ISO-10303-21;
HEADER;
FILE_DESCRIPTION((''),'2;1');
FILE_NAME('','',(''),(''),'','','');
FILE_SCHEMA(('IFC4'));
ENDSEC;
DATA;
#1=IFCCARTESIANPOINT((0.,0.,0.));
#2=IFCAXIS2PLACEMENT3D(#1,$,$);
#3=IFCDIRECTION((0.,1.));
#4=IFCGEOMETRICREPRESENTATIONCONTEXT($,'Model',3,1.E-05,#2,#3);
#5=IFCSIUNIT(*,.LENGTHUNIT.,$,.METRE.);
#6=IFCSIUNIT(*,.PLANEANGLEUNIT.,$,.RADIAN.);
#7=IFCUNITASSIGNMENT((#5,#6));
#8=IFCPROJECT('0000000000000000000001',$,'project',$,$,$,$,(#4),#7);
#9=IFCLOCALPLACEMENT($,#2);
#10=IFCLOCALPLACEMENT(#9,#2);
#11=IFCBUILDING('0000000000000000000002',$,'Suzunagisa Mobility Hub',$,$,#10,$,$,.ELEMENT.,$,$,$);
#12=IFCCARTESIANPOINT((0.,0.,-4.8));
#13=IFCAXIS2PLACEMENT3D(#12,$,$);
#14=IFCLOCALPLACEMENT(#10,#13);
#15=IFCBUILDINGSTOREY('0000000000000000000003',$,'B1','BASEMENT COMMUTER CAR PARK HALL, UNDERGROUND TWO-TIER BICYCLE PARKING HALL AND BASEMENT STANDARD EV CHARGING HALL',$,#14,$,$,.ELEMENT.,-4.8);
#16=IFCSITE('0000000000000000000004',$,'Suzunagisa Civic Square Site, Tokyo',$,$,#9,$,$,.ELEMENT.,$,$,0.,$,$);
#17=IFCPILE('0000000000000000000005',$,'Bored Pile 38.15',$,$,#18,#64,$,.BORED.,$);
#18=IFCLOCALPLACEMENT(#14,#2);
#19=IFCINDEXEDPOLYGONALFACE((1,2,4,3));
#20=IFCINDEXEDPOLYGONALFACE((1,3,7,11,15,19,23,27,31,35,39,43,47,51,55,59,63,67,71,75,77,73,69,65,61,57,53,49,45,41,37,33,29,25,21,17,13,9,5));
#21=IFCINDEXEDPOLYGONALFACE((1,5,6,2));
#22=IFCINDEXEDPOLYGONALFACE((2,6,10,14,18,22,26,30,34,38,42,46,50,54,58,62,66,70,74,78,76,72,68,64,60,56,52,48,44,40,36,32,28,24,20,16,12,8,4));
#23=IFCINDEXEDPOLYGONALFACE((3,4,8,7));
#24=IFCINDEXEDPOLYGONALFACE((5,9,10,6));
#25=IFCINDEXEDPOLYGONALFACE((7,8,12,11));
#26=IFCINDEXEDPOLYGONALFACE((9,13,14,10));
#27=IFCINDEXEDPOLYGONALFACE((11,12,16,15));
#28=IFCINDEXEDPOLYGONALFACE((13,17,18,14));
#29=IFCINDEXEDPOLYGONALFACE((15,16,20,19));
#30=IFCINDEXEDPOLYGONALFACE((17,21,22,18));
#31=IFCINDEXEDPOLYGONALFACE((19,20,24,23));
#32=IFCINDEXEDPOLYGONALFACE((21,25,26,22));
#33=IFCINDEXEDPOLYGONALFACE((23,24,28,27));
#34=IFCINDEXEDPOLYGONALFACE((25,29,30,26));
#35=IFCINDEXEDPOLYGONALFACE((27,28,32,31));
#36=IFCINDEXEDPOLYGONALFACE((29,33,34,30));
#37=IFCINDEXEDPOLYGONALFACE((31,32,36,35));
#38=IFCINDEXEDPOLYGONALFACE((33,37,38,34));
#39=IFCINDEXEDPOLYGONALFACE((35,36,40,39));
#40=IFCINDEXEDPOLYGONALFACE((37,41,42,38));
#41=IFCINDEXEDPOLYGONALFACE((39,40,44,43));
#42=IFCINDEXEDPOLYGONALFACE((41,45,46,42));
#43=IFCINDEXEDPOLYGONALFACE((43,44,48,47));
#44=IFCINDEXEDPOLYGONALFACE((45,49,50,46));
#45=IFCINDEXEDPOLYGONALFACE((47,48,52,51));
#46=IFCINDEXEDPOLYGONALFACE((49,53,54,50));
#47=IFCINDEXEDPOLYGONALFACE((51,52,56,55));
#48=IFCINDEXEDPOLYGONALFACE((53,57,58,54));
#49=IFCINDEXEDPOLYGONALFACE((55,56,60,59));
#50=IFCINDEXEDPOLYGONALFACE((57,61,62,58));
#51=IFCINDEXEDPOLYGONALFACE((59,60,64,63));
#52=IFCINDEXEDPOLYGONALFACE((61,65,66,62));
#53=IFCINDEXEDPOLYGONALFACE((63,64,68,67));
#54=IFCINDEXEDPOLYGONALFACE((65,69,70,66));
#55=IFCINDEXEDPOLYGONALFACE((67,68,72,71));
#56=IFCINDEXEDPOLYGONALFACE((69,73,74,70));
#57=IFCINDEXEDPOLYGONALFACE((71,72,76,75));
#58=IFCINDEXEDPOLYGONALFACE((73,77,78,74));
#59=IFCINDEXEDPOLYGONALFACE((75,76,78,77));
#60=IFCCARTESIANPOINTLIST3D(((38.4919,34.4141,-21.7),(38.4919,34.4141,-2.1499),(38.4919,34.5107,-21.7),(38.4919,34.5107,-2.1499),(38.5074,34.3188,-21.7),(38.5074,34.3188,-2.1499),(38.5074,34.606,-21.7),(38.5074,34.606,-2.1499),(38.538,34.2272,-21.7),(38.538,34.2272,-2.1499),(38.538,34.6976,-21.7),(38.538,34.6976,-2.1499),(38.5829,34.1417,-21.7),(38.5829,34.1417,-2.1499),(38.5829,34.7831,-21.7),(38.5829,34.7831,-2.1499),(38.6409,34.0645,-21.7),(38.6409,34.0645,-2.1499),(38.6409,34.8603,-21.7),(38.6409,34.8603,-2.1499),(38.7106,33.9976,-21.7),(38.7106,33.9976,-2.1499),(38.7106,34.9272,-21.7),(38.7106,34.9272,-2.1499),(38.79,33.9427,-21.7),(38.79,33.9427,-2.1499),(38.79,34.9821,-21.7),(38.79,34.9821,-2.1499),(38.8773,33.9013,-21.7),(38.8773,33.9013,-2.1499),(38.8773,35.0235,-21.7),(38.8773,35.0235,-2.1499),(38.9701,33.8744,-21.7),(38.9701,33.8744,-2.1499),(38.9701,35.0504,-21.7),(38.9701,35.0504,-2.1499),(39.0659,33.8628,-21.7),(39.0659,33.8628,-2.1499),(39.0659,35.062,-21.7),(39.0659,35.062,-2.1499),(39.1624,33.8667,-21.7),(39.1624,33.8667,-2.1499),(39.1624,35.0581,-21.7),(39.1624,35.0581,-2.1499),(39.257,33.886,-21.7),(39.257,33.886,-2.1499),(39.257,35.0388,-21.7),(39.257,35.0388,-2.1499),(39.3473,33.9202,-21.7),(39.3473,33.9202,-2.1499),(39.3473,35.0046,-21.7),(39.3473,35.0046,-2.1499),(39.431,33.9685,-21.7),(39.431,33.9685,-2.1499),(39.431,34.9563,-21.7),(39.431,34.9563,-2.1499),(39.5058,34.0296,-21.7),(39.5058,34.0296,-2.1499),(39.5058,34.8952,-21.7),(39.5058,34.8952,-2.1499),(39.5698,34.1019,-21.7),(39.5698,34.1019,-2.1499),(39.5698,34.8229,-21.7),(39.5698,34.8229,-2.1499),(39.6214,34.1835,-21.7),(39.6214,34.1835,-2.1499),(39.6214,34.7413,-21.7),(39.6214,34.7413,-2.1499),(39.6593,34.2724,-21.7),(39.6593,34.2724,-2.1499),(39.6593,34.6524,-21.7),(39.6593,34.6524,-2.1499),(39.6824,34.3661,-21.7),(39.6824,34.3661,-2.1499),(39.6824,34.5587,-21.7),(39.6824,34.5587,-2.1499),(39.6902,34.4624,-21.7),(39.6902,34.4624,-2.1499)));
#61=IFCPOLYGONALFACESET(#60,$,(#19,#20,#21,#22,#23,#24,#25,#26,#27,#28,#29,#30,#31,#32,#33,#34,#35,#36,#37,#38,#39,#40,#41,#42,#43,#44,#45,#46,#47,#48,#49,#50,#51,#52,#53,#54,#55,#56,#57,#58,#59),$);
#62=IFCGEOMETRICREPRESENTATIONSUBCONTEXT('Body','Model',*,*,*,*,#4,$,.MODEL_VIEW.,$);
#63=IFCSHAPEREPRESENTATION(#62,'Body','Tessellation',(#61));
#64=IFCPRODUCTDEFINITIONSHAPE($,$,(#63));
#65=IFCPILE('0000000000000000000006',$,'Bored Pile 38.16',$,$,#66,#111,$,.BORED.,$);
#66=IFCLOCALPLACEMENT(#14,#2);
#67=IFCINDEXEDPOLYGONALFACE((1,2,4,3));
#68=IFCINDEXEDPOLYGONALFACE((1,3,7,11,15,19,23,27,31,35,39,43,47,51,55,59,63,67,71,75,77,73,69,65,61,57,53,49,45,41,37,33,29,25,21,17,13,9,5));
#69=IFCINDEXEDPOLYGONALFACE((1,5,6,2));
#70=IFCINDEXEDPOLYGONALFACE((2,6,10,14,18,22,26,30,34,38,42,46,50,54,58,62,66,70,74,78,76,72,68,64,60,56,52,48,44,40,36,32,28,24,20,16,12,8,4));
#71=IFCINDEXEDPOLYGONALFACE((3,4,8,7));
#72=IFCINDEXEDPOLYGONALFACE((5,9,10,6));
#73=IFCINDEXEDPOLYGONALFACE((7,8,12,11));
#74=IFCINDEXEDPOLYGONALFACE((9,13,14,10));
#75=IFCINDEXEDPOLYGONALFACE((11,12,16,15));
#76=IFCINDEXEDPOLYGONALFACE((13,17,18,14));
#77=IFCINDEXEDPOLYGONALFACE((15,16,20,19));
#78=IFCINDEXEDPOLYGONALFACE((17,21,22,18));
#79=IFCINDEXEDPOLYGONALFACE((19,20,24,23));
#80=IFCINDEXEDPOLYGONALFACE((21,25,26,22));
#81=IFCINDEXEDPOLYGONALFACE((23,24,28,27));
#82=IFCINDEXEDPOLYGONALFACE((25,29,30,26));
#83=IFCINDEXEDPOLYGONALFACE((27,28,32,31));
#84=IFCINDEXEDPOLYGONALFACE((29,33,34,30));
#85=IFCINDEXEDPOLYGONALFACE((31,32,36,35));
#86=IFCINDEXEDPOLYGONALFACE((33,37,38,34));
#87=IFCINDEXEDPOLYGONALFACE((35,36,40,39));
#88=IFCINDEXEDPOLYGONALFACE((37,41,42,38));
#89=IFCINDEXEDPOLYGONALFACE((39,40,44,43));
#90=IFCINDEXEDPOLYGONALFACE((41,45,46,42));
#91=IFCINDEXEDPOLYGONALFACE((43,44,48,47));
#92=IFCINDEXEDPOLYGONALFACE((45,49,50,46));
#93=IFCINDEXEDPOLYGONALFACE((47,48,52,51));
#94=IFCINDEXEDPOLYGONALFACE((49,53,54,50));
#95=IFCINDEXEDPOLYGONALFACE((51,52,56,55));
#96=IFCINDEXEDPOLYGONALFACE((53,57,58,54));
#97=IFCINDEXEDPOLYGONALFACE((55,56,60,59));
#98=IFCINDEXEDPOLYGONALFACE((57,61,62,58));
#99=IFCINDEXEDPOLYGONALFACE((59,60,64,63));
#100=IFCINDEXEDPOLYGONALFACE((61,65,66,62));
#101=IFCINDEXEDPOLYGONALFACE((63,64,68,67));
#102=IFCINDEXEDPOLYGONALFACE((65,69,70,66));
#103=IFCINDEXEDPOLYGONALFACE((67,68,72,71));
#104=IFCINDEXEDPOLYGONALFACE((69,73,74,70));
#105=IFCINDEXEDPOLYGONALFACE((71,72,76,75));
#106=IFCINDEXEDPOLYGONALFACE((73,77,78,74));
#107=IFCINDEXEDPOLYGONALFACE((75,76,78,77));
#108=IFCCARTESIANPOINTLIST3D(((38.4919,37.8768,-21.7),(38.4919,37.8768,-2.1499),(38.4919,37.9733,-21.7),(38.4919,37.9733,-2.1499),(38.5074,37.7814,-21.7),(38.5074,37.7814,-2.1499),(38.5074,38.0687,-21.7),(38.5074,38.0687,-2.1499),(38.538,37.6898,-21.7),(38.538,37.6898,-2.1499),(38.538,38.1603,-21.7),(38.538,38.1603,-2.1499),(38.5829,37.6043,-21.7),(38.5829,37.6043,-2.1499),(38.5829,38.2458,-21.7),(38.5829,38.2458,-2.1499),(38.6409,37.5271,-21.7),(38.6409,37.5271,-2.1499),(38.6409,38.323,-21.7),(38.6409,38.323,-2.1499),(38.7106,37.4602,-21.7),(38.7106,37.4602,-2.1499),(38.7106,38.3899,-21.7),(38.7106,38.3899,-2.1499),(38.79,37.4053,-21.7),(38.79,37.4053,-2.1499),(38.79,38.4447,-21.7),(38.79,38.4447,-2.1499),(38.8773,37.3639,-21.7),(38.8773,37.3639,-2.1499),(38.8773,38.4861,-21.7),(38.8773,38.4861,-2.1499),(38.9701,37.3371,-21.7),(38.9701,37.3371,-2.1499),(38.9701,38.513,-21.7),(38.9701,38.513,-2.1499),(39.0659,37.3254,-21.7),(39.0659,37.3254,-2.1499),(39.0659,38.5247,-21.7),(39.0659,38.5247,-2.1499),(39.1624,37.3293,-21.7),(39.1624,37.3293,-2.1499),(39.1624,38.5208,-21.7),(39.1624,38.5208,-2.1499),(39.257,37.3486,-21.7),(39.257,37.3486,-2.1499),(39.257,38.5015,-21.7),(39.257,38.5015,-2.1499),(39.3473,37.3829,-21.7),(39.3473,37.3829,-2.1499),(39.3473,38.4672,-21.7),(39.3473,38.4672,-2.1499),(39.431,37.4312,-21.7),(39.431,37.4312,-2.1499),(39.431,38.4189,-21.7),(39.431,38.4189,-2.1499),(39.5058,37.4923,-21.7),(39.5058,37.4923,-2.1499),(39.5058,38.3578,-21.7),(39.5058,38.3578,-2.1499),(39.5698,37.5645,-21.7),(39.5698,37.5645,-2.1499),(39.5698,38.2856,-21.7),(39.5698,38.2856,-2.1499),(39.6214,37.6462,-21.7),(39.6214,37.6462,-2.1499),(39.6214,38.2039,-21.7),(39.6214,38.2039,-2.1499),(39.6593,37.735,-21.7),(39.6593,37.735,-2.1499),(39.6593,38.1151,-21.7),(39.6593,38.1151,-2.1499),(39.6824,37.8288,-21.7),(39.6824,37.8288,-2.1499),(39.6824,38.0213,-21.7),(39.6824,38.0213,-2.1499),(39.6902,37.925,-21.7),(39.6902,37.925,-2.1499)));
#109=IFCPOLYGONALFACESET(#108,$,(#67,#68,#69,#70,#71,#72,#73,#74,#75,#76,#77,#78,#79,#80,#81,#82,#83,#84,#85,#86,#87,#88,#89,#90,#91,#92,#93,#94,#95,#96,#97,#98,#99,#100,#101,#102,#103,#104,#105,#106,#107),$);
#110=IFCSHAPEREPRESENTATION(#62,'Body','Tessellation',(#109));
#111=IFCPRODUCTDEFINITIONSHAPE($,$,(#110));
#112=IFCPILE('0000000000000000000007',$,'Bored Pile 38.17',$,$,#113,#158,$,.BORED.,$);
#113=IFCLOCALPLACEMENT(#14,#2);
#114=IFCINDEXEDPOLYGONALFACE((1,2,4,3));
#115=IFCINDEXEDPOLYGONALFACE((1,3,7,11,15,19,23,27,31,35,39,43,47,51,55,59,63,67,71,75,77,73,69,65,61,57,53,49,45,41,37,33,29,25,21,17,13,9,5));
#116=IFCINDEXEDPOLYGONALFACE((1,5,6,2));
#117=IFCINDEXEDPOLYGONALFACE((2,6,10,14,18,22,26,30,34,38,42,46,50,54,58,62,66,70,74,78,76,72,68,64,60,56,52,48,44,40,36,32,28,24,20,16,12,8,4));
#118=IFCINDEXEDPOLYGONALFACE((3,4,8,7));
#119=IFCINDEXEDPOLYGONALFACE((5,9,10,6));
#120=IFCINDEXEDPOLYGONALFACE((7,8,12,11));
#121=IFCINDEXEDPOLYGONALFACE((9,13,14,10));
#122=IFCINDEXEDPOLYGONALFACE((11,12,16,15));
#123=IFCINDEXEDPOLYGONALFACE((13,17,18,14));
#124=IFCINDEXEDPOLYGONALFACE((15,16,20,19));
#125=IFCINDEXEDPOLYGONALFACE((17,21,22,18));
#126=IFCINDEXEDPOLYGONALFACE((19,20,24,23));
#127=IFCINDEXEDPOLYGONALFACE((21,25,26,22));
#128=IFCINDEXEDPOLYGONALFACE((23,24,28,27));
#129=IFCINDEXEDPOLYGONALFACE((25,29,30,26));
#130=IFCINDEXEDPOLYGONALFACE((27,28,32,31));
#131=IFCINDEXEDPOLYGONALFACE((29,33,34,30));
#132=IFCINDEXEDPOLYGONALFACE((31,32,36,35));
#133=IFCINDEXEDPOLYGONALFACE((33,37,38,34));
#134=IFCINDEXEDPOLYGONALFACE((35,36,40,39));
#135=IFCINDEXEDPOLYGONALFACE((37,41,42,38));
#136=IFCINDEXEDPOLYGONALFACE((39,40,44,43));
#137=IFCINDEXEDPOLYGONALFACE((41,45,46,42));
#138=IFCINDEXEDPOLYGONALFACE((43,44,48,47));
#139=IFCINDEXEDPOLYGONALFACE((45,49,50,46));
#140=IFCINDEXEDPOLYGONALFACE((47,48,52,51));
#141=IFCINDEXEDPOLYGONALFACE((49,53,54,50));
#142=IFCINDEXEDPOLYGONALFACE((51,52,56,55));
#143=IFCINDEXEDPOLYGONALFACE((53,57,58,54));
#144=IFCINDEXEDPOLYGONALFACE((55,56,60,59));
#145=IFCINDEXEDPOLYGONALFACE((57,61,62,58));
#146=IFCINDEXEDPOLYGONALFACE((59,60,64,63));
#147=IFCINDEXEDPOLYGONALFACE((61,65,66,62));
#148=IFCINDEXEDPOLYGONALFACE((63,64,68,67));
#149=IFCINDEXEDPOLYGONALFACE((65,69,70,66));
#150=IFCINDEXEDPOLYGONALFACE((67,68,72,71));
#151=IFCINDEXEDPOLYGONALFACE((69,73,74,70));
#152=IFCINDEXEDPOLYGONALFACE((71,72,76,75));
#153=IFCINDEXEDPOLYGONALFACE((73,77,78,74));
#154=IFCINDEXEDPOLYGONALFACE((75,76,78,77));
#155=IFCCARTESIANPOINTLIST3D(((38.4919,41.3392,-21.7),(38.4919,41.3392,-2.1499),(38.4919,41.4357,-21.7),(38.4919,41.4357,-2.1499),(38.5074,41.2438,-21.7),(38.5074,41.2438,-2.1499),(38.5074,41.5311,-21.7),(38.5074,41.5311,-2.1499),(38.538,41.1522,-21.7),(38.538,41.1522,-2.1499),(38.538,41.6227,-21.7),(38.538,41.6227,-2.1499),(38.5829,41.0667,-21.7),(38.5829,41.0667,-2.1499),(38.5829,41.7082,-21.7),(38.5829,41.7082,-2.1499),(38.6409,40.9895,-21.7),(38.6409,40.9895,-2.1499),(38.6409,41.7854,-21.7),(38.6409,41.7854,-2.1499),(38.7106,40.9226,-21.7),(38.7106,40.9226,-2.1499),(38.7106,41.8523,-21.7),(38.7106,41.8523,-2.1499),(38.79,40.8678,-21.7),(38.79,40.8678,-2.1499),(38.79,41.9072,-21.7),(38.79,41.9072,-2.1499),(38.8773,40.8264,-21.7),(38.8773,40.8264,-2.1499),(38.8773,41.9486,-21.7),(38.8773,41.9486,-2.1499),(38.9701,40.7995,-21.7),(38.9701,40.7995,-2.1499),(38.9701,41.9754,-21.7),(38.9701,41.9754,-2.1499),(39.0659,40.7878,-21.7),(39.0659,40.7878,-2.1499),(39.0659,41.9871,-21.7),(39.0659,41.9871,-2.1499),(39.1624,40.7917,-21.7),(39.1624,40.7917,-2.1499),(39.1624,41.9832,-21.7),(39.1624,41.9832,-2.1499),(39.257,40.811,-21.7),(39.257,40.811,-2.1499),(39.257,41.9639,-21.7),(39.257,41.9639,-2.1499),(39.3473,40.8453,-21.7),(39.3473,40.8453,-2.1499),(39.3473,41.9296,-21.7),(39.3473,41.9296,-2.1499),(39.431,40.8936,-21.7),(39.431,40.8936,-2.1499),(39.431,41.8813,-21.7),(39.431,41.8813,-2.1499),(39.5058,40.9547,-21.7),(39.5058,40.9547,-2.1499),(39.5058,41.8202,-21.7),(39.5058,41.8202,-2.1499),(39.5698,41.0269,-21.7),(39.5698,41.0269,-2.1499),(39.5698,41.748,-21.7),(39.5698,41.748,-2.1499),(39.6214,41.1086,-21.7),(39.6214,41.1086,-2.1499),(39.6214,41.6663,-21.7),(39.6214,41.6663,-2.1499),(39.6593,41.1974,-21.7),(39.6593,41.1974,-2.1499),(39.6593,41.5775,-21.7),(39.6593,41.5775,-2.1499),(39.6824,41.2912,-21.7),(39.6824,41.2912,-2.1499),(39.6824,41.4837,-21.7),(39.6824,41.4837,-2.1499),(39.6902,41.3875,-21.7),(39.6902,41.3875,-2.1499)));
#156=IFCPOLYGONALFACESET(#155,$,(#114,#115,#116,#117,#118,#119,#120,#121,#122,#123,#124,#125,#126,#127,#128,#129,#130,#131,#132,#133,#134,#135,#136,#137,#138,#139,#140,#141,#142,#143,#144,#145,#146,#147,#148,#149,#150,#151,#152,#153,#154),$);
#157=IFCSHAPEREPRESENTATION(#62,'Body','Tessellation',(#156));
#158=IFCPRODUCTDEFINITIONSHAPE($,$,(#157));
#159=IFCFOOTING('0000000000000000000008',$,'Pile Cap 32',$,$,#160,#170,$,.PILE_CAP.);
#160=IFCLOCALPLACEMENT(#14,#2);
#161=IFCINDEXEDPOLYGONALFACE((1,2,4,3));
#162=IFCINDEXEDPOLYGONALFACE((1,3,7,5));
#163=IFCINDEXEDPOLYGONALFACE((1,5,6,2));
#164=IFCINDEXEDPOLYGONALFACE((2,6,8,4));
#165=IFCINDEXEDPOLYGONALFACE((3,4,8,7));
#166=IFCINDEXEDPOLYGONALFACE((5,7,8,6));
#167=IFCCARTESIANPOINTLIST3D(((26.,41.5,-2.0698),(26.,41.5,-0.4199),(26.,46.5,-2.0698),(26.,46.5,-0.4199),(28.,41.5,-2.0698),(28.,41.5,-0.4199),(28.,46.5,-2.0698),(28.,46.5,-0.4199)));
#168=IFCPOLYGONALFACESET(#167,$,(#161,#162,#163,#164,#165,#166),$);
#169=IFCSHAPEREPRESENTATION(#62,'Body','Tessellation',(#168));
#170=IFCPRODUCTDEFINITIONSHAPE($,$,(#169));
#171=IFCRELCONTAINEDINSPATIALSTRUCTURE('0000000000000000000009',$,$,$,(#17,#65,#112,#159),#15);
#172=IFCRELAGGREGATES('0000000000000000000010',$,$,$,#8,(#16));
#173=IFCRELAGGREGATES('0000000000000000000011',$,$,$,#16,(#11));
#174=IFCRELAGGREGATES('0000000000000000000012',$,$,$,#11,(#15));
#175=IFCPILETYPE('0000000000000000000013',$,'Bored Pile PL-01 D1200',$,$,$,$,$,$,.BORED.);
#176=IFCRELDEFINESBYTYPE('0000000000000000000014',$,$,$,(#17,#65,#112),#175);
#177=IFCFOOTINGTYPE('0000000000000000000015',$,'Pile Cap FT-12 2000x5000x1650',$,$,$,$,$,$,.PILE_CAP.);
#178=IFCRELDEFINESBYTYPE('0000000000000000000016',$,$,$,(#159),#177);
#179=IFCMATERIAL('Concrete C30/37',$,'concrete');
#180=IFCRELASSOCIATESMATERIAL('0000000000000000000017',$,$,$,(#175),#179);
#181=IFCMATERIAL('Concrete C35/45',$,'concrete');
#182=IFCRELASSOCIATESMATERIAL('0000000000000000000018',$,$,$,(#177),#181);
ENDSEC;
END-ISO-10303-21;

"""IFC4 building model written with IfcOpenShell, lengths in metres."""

from ifc_helpers import new_model, si_unit, direction, frame, origin, origin_2d, place, context, subcontext, project, spatial, rectangle, circle, extrude, material, material_profile, profile_set, type_object, element, save


model = new_model("IFC4")

# Units and contexts
model_context = context("Model", 3, precision=1e-05, world=origin(), true_north=direction((0.0, 1.0)))
body_context = subcontext(model_context, "Body", "Model", "MODEL_VIEW")
ifc_project = project(units=[si_unit("LENGTHUNIT", "METRE"), si_unit("PLANEANGLEUNIT", "RADIAN")], contexts=[model_context])

# Site, building, storey
site_placement = place(None, origin())
site = spatial("IfcSite", under=ifc_project, at=site_placement, Name="Suzunagisa Civic Square Site, Tokyo", CompositionType="ELEMENT", RefElevation=0.0)
building_placement = place(site_placement, origin())
building = spatial("IfcBuilding", under=site, at=building_placement, Name="Suzunagisa Mobility Hub", CompositionType="ELEMENT")
storey_placement = place(building_placement, frame((0.0, 0.0, -4.8)))
storey = spatial("IfcBuildingStorey", under=building, at=storey_placement, Name="B1", Description="BASEMENT COMMUTER CAR PARK HALL, UNDERGROUND TWO-TIER BICYCLE PARKING HALL AND BASEMENT STANDARD EV CHARGING HALL", CompositionType="ELEMENT", Elevation=-4.8)

# Piles
ifc_material_1 = material(Name="Concrete C30/37", Category="concrete")
ifc_material_profile_1 = material_profile(ifc_material_1, circle(Radius=0.6001, at=origin_2d()), Name="BORED PILE D1200")
ifc_profile_set_1 = profile_set([ifc_material_profile_1], Name="Concrete C30/37")
pile_type = type_object("IfcPileType", Name="Bored Pile PL-01 D1200", PredefinedType="BORED", material=ifc_profile_set_1)
for number, where, z_axis, x_axis, name in (
    (1, (39.0901, 34.4624, -2.1499), (0.0, 0.0, -1.0), (1.0, 0.0, 0.0), "Bored Pile 38.15"),
    (2, (39.0901, 37.925, -2.1499), (0.0, 0.0, -1.0), (1.0, 0.0, 0.0), "Bored Pile 38.16"),
    (3, (39.0901, 41.3875, -2.1499), (0.0, 0.0, -1.0), (1.0, 0.0, 0.0), "Bored Pile 38.17"),
):
    element("IfcPile", number, at=place(storey_placement, frame(where, z_axis=z_axis, x_axis=x_axis)), inside=storey, type_object=pile_type, Name=name, PredefinedType="BORED", context=body_context, shape_type="SweptSolid", body=[
        extrude(circle(Radius=0.6001, at=origin_2d()), origin(), (0.0, 0.0, 1.0), 19.55),
    ])

# Footing
ifc_material_2 = material(Name="Concrete C35/45", Category="concrete")
footing_type = type_object("IfcFootingType", Name="Pile Cap FT-12 2000x5000x1650", PredefinedType="PILE_CAP", material=ifc_material_2)
footing_placement = place(storey_placement, frame((27.0, 44.0, -2.0698), z_axis=(0.0, 0.0, 1.0), x_axis=(1.0, 0.0, 0.0)))
element("IfcFooting", 4, at=footing_placement, inside=storey, type_object=footing_type, Name="Pile Cap 32", PredefinedType="PILE_CAP", context=body_context, shape_type="SweptSolid", body=[
    extrude(rectangle(XDim=2.0, YDim=5.0, at=origin_2d()), origin(), (0.0, 0.0, 1.0), 1.6499),
])

save(model, "model.ifc")
